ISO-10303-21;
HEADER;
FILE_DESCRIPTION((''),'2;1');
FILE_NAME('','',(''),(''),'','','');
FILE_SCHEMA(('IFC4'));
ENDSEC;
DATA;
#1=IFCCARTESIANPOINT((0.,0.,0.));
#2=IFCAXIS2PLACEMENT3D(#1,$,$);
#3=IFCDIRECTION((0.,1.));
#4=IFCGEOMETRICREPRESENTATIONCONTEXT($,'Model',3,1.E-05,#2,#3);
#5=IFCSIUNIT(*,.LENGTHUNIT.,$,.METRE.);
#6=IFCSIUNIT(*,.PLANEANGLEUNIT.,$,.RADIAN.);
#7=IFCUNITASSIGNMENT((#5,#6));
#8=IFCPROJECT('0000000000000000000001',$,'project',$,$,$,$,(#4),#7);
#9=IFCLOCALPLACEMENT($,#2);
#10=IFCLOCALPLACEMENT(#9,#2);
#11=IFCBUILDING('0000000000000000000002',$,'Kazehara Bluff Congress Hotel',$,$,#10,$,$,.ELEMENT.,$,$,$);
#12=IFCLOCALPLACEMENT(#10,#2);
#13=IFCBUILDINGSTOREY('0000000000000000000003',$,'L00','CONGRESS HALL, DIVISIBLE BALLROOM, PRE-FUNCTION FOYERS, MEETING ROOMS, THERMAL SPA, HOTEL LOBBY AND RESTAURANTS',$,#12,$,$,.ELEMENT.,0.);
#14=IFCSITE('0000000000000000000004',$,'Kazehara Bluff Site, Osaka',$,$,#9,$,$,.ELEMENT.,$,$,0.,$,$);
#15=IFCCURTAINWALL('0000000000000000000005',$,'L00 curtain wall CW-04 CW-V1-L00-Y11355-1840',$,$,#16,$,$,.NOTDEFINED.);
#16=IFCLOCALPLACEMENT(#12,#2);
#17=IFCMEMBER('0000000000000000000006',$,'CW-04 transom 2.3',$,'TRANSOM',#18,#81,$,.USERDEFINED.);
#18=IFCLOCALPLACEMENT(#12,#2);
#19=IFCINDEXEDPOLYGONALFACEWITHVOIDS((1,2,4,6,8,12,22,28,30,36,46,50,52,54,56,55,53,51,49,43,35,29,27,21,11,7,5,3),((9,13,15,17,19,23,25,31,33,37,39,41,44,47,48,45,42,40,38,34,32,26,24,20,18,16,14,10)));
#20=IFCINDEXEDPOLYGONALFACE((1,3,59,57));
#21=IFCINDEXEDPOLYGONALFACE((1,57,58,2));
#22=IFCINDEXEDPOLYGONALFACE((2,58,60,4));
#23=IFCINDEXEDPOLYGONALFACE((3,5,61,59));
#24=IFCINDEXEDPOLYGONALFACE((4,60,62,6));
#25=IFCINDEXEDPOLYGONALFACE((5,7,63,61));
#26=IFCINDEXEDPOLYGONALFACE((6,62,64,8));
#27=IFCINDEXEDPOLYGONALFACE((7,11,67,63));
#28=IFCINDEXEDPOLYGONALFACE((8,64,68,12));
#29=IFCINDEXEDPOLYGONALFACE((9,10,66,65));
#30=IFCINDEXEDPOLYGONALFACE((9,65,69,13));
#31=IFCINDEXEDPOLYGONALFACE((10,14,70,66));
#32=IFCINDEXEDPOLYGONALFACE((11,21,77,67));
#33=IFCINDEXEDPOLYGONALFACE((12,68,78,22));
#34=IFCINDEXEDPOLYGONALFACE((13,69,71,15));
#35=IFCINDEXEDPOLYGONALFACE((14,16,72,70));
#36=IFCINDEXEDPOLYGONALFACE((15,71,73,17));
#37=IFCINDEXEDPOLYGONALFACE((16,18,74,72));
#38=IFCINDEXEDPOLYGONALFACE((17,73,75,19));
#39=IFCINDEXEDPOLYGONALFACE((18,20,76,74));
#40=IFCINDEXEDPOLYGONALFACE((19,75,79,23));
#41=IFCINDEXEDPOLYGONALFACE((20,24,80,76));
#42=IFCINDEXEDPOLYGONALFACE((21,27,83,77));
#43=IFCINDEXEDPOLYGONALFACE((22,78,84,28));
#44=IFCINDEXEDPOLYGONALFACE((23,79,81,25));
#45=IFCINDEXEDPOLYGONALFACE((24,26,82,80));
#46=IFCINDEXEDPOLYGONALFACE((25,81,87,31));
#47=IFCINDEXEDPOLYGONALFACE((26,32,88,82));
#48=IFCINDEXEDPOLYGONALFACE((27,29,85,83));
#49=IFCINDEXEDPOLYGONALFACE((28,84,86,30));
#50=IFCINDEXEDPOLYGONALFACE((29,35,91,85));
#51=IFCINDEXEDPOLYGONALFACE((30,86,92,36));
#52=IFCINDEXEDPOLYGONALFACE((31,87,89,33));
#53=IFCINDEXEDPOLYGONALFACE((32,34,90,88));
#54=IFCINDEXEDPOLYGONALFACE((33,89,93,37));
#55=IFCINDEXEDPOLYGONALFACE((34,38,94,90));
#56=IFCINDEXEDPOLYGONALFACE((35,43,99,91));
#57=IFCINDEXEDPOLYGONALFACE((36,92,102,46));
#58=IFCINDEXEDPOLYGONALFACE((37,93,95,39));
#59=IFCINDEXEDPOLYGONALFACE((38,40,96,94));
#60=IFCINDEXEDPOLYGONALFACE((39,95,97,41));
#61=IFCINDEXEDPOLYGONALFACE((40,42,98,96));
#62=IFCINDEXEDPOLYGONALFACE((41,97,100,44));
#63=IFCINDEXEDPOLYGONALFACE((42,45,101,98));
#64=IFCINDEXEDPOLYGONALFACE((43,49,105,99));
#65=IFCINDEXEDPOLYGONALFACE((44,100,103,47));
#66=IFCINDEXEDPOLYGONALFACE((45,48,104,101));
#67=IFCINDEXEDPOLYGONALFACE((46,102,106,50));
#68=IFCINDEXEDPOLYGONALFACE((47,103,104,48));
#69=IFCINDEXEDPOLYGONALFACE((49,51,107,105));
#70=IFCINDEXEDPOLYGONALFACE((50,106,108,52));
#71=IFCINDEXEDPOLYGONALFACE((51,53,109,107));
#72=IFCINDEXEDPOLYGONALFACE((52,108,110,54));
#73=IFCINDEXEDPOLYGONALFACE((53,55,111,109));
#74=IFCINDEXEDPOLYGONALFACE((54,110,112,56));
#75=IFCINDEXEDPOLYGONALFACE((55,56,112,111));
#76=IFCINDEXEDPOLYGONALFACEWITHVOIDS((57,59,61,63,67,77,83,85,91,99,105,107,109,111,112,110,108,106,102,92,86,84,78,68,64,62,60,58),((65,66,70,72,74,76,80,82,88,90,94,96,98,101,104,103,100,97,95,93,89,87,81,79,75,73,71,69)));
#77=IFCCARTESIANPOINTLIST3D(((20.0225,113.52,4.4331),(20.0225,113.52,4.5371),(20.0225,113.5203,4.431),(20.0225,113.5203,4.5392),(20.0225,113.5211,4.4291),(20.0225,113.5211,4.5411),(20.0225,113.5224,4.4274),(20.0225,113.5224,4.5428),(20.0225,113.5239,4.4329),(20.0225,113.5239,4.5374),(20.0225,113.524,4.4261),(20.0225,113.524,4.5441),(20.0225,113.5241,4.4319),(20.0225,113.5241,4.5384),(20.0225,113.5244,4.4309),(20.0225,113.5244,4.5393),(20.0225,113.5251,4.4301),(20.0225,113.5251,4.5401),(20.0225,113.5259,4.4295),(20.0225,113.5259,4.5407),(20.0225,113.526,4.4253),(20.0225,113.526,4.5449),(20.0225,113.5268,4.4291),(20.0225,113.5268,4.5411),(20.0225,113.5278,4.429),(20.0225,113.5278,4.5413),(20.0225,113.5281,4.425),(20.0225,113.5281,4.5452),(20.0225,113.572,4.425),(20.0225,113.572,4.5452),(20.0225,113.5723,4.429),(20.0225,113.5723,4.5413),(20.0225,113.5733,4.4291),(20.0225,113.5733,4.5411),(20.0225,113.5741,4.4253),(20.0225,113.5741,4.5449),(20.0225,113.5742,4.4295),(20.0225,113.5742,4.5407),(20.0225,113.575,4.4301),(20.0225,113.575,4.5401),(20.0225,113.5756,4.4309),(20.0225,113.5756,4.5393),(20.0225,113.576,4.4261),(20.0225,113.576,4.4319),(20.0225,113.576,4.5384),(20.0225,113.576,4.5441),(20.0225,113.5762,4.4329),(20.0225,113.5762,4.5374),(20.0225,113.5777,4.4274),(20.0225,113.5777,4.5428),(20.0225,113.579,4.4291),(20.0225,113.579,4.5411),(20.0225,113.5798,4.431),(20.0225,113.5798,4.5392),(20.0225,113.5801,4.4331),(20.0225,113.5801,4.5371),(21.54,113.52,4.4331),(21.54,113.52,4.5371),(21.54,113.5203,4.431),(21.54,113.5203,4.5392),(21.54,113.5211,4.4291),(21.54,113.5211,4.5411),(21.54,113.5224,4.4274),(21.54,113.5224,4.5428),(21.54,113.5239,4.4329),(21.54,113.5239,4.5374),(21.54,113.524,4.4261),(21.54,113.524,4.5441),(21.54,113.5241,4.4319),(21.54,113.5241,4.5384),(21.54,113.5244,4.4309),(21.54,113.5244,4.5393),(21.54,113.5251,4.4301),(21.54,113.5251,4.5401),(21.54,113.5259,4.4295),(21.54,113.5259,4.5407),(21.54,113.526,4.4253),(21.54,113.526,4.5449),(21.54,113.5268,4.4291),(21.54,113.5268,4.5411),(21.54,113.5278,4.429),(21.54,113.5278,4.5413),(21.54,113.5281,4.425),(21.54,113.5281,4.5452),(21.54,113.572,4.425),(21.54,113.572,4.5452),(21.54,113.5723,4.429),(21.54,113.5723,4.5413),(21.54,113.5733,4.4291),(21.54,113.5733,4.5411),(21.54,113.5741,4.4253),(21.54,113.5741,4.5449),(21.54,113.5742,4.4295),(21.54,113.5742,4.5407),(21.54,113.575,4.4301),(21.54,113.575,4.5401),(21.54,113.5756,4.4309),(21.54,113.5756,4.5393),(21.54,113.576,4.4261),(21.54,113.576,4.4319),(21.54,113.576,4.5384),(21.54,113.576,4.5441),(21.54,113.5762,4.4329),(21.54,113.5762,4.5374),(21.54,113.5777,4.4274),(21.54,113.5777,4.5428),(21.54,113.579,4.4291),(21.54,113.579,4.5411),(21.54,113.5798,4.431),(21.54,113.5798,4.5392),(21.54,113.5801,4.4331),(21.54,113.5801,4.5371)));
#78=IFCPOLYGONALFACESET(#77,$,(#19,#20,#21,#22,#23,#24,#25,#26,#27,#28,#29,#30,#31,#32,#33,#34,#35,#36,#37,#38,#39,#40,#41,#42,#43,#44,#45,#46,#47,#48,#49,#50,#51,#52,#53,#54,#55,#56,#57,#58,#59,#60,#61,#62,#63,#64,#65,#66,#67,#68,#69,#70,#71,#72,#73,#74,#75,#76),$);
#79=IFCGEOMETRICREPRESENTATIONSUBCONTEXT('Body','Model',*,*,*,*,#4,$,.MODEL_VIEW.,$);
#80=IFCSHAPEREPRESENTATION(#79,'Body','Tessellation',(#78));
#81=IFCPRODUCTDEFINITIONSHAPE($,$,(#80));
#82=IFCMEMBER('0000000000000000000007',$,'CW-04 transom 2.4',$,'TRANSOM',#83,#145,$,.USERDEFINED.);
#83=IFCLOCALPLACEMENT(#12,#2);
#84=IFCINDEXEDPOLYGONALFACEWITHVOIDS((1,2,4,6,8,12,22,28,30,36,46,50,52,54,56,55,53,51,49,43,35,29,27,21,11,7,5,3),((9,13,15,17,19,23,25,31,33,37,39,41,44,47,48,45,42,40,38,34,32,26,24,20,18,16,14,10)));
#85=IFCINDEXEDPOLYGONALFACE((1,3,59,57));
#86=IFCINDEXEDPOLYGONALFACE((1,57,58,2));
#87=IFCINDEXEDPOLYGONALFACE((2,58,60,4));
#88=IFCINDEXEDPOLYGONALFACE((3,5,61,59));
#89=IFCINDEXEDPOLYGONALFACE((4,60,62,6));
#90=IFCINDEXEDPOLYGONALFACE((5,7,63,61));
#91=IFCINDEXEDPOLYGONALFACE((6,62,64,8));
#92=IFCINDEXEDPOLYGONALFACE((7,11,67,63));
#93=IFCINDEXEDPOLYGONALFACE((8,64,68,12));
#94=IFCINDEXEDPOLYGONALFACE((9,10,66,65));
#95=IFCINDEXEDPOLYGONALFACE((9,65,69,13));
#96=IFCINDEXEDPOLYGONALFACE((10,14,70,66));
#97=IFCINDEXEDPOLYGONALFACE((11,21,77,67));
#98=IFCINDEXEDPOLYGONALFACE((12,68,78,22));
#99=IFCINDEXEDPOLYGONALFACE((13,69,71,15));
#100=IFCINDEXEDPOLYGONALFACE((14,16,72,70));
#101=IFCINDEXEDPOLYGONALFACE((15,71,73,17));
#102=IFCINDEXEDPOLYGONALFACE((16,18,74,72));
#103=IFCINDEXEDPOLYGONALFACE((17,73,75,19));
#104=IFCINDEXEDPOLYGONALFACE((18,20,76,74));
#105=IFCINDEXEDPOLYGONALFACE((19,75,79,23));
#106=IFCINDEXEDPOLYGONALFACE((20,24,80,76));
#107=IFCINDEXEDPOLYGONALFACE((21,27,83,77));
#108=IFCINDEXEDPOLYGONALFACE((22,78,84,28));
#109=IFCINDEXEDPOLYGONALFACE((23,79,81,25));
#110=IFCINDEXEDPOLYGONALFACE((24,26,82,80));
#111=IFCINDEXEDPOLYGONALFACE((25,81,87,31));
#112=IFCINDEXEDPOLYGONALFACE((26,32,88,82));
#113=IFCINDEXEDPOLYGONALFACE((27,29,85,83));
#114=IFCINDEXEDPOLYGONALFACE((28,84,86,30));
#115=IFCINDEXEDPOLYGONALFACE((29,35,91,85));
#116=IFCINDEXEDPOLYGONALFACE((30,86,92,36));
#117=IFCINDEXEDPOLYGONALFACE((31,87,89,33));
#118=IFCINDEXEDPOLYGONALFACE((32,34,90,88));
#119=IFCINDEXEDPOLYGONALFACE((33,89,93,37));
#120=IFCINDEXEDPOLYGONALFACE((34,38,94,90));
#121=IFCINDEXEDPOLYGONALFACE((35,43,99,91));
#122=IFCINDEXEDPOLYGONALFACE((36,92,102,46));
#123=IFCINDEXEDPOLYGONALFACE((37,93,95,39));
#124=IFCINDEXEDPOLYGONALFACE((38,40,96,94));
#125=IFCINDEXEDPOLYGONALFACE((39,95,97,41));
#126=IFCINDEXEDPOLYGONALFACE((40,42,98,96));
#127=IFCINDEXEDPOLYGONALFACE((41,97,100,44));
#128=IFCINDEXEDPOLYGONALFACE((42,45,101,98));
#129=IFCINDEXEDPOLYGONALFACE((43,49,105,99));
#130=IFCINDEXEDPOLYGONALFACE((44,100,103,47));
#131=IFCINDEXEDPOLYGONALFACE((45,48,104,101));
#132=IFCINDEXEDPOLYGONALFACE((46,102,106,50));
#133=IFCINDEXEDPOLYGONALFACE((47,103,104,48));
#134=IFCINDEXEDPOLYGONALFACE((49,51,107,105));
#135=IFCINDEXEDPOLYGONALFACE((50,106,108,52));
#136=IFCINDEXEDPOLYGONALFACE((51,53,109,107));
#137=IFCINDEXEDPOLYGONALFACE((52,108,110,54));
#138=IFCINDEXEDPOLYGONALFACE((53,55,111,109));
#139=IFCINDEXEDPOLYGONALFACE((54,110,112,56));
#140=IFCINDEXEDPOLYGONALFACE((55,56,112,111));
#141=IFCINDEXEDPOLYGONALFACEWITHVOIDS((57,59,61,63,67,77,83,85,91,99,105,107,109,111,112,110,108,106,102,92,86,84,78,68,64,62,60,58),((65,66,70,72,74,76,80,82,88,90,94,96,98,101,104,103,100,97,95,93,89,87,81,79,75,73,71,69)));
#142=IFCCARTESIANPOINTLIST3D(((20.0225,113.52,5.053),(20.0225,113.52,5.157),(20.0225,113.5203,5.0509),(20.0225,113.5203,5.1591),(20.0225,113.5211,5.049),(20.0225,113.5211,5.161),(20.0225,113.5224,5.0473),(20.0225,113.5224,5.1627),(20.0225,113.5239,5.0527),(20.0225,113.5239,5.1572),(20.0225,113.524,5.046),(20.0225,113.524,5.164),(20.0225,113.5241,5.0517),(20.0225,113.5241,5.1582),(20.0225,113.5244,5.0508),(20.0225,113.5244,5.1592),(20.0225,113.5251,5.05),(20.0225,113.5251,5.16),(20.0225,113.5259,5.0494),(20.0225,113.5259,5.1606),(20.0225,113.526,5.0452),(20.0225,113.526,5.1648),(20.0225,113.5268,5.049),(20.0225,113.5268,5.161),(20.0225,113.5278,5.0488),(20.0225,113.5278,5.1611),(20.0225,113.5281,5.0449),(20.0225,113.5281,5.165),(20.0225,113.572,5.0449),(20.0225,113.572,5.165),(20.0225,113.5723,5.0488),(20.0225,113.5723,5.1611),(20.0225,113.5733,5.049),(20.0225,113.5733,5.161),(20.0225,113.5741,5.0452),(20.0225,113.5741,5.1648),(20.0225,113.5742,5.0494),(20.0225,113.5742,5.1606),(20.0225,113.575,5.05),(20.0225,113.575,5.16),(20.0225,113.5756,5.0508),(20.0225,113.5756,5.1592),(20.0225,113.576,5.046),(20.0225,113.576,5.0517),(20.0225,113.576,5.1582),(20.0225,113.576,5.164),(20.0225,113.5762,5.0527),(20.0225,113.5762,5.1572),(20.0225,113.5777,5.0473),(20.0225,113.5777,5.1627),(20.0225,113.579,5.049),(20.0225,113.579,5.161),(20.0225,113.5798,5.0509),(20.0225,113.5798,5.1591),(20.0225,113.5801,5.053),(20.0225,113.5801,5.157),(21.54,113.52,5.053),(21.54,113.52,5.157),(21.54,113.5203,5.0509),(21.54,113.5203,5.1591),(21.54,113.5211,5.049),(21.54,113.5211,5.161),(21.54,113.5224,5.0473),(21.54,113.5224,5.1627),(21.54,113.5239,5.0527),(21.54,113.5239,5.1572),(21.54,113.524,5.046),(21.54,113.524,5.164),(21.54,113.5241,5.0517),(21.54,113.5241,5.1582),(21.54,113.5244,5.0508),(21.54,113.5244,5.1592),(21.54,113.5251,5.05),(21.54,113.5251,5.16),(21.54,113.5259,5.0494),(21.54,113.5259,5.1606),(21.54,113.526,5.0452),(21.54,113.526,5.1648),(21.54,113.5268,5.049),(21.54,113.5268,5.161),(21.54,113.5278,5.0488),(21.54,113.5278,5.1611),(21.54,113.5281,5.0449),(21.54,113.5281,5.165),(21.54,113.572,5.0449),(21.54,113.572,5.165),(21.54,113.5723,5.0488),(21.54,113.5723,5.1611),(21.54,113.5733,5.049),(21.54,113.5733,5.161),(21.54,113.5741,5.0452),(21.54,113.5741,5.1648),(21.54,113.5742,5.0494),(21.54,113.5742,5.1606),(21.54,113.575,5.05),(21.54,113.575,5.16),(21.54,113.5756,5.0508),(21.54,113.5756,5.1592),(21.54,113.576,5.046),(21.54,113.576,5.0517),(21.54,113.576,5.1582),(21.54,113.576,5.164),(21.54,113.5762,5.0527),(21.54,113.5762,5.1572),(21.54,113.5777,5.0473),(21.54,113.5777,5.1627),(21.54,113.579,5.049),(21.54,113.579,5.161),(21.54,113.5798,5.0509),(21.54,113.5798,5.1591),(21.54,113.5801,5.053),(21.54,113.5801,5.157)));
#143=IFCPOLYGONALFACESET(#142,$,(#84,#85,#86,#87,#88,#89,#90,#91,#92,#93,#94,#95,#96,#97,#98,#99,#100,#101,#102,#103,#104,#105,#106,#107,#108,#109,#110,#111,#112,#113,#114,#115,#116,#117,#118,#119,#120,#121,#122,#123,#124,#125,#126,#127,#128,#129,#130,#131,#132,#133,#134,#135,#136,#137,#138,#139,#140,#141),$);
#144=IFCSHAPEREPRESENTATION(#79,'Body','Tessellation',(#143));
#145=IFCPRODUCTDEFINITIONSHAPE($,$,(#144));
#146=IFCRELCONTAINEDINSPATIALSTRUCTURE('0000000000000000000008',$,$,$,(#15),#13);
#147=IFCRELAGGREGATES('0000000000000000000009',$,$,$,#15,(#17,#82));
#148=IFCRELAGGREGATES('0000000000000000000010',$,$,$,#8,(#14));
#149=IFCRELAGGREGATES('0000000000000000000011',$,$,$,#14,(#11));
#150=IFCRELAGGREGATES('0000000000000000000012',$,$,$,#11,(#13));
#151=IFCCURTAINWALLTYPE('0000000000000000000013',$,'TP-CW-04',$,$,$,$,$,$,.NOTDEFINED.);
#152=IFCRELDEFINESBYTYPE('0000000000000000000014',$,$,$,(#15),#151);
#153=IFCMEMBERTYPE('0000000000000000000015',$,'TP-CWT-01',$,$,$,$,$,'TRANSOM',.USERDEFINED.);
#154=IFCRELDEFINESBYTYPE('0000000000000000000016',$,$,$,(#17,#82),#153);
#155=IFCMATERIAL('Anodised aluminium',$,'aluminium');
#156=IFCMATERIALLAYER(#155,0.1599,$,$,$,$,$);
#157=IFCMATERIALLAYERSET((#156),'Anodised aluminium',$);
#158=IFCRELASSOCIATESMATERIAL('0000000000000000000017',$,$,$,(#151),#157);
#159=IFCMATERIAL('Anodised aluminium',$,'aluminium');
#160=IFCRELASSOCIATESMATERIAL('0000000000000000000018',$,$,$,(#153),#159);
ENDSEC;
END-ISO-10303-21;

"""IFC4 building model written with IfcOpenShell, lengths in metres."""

from ifc_helpers import new_model, si_unit, direction, frame, origin, origin_2d, place, context, subcontext, project, spatial, hollow_rectangle, extrude, material, layer, layer_set, material_profile, profile_set, type_object, element, aggregate, save


model = new_model("IFC4")

# Units and contexts
model_context = context("Model", 3, precision=1e-05, world=origin(), true_north=direction((0.0, 1.0)))
body_context = subcontext(model_context, "Body", "Model", "MODEL_VIEW")
ifc_project = project(units=[si_unit("LENGTHUNIT", "METRE"), si_unit("PLANEANGLEUNIT", "RADIAN")], contexts=[model_context])

# Site, building, storey
site_placement = place(None, origin())
site = spatial("IfcSite", under=ifc_project, at=site_placement, Name="Kazehara Bluff Site, Osaka", CompositionType="ELEMENT", RefElevation=0.0)
building_placement = place(site_placement, origin())
building = spatial("IfcBuilding", under=site, at=building_placement, Name="Kazehara Bluff Congress Hotel", CompositionType="ELEMENT")
storey_placement = place(building_placement, origin())
storey = spatial("IfcBuildingStorey", under=building, at=storey_placement, Name="L00", Description="CONGRESS HALL, DIVISIBLE BALLROOM, PRE-FUNCTION FOYERS, MEETING ROOMS, THERMAL SPA, HOTEL LOBBY AND RESTAURANTS", CompositionType="ELEMENT", Elevation=0.0)

# Curtain wall, members
ifc_material_1 = material(Name="Anodised aluminium", Category="aluminium")
ifc_layer_1 = layer(ifc_material_1, 0.1599)
ifc_layer_set_1 = layer_set([ifc_layer_1], Name="Anodised aluminium")
curtain_wall_type = type_object("IfcCurtainWallType", Name="TP-CW-04", PredefinedType="NOTDEFINED", material=ifc_layer_set_1)
curtain_wall_placement = place(storey_placement, origin())
curtain_wall = element("IfcCurtainWall", 1, at=curtain_wall_placement, inside=storey, type_object=curtain_wall_type, Name="L00 curtain wall CW-04 CW-V1-L00-Y11355-1840", PredefinedType="NOTDEFINED")
ifc_material_2 = material(Name="Anodised aluminium", Category="aluminium")
ifc_material_profile_1 = material_profile(ifc_material_2, hollow_rectangle(XDim=0.0601, YDim=0.1201, WallThickness=0.0039, InnerFilletRadius=0.0039, OuterFilletRadius=0.0081, at=origin_2d()))
ifc_profile_set_1 = profile_set([ifc_material_profile_1], Name="Anodised aluminium")
member_type_1 = type_object("IfcMemberType", Name="TP-CWT-01", ElementType="TRANSOM", PredefinedType="USERDEFINED", material=ifc_profile_set_1)
member_1_placement = place(storey_placement, frame((20.0225, 113.55, 4.4851), z_axis=(1.0, 0.0, 0.0), x_axis=(0.0, 1.0, 0.0)))
member_1 = element("IfcMember", 2, at=member_1_placement, type_object=member_type_1, Name="CW-04 transom 2.3", ObjectType="TRANSOM", PredefinedType="USERDEFINED", context=body_context, shape_type="SweptSolid", body=[
    extrude(hollow_rectangle(XDim=0.0601, YDim=0.1201, WallThickness=0.0039, InnerFilletRadius=0.0039, OuterFilletRadius=0.0081, at=origin_2d()), origin(), (0.0, 0.0, 1.0), 1.5176),
])
member_2_placement = place(storey_placement, frame((20.0225, 113.55, 5.105), z_axis=(1.0, 0.0, 0.0), x_axis=(0.0, 1.0, 0.0)))
member_2 = element("IfcMember", 3, at=member_2_placement, type_object=member_type_1, Name="CW-04 transom 2.4", ObjectType="TRANSOM", PredefinedType="USERDEFINED", context=body_context, shape_type="SweptSolid", body=[
    extrude(hollow_rectangle(XDim=0.0601, YDim=0.1201, WallThickness=0.0039, InnerFilletRadius=0.0039, OuterFilletRadius=0.0081, at=origin_2d()), origin(), (0.0, 0.0, 1.0), 1.5176),
])
aggregate(curtain_wall, [member_1, member_2])

save(model, "model.ifc")
